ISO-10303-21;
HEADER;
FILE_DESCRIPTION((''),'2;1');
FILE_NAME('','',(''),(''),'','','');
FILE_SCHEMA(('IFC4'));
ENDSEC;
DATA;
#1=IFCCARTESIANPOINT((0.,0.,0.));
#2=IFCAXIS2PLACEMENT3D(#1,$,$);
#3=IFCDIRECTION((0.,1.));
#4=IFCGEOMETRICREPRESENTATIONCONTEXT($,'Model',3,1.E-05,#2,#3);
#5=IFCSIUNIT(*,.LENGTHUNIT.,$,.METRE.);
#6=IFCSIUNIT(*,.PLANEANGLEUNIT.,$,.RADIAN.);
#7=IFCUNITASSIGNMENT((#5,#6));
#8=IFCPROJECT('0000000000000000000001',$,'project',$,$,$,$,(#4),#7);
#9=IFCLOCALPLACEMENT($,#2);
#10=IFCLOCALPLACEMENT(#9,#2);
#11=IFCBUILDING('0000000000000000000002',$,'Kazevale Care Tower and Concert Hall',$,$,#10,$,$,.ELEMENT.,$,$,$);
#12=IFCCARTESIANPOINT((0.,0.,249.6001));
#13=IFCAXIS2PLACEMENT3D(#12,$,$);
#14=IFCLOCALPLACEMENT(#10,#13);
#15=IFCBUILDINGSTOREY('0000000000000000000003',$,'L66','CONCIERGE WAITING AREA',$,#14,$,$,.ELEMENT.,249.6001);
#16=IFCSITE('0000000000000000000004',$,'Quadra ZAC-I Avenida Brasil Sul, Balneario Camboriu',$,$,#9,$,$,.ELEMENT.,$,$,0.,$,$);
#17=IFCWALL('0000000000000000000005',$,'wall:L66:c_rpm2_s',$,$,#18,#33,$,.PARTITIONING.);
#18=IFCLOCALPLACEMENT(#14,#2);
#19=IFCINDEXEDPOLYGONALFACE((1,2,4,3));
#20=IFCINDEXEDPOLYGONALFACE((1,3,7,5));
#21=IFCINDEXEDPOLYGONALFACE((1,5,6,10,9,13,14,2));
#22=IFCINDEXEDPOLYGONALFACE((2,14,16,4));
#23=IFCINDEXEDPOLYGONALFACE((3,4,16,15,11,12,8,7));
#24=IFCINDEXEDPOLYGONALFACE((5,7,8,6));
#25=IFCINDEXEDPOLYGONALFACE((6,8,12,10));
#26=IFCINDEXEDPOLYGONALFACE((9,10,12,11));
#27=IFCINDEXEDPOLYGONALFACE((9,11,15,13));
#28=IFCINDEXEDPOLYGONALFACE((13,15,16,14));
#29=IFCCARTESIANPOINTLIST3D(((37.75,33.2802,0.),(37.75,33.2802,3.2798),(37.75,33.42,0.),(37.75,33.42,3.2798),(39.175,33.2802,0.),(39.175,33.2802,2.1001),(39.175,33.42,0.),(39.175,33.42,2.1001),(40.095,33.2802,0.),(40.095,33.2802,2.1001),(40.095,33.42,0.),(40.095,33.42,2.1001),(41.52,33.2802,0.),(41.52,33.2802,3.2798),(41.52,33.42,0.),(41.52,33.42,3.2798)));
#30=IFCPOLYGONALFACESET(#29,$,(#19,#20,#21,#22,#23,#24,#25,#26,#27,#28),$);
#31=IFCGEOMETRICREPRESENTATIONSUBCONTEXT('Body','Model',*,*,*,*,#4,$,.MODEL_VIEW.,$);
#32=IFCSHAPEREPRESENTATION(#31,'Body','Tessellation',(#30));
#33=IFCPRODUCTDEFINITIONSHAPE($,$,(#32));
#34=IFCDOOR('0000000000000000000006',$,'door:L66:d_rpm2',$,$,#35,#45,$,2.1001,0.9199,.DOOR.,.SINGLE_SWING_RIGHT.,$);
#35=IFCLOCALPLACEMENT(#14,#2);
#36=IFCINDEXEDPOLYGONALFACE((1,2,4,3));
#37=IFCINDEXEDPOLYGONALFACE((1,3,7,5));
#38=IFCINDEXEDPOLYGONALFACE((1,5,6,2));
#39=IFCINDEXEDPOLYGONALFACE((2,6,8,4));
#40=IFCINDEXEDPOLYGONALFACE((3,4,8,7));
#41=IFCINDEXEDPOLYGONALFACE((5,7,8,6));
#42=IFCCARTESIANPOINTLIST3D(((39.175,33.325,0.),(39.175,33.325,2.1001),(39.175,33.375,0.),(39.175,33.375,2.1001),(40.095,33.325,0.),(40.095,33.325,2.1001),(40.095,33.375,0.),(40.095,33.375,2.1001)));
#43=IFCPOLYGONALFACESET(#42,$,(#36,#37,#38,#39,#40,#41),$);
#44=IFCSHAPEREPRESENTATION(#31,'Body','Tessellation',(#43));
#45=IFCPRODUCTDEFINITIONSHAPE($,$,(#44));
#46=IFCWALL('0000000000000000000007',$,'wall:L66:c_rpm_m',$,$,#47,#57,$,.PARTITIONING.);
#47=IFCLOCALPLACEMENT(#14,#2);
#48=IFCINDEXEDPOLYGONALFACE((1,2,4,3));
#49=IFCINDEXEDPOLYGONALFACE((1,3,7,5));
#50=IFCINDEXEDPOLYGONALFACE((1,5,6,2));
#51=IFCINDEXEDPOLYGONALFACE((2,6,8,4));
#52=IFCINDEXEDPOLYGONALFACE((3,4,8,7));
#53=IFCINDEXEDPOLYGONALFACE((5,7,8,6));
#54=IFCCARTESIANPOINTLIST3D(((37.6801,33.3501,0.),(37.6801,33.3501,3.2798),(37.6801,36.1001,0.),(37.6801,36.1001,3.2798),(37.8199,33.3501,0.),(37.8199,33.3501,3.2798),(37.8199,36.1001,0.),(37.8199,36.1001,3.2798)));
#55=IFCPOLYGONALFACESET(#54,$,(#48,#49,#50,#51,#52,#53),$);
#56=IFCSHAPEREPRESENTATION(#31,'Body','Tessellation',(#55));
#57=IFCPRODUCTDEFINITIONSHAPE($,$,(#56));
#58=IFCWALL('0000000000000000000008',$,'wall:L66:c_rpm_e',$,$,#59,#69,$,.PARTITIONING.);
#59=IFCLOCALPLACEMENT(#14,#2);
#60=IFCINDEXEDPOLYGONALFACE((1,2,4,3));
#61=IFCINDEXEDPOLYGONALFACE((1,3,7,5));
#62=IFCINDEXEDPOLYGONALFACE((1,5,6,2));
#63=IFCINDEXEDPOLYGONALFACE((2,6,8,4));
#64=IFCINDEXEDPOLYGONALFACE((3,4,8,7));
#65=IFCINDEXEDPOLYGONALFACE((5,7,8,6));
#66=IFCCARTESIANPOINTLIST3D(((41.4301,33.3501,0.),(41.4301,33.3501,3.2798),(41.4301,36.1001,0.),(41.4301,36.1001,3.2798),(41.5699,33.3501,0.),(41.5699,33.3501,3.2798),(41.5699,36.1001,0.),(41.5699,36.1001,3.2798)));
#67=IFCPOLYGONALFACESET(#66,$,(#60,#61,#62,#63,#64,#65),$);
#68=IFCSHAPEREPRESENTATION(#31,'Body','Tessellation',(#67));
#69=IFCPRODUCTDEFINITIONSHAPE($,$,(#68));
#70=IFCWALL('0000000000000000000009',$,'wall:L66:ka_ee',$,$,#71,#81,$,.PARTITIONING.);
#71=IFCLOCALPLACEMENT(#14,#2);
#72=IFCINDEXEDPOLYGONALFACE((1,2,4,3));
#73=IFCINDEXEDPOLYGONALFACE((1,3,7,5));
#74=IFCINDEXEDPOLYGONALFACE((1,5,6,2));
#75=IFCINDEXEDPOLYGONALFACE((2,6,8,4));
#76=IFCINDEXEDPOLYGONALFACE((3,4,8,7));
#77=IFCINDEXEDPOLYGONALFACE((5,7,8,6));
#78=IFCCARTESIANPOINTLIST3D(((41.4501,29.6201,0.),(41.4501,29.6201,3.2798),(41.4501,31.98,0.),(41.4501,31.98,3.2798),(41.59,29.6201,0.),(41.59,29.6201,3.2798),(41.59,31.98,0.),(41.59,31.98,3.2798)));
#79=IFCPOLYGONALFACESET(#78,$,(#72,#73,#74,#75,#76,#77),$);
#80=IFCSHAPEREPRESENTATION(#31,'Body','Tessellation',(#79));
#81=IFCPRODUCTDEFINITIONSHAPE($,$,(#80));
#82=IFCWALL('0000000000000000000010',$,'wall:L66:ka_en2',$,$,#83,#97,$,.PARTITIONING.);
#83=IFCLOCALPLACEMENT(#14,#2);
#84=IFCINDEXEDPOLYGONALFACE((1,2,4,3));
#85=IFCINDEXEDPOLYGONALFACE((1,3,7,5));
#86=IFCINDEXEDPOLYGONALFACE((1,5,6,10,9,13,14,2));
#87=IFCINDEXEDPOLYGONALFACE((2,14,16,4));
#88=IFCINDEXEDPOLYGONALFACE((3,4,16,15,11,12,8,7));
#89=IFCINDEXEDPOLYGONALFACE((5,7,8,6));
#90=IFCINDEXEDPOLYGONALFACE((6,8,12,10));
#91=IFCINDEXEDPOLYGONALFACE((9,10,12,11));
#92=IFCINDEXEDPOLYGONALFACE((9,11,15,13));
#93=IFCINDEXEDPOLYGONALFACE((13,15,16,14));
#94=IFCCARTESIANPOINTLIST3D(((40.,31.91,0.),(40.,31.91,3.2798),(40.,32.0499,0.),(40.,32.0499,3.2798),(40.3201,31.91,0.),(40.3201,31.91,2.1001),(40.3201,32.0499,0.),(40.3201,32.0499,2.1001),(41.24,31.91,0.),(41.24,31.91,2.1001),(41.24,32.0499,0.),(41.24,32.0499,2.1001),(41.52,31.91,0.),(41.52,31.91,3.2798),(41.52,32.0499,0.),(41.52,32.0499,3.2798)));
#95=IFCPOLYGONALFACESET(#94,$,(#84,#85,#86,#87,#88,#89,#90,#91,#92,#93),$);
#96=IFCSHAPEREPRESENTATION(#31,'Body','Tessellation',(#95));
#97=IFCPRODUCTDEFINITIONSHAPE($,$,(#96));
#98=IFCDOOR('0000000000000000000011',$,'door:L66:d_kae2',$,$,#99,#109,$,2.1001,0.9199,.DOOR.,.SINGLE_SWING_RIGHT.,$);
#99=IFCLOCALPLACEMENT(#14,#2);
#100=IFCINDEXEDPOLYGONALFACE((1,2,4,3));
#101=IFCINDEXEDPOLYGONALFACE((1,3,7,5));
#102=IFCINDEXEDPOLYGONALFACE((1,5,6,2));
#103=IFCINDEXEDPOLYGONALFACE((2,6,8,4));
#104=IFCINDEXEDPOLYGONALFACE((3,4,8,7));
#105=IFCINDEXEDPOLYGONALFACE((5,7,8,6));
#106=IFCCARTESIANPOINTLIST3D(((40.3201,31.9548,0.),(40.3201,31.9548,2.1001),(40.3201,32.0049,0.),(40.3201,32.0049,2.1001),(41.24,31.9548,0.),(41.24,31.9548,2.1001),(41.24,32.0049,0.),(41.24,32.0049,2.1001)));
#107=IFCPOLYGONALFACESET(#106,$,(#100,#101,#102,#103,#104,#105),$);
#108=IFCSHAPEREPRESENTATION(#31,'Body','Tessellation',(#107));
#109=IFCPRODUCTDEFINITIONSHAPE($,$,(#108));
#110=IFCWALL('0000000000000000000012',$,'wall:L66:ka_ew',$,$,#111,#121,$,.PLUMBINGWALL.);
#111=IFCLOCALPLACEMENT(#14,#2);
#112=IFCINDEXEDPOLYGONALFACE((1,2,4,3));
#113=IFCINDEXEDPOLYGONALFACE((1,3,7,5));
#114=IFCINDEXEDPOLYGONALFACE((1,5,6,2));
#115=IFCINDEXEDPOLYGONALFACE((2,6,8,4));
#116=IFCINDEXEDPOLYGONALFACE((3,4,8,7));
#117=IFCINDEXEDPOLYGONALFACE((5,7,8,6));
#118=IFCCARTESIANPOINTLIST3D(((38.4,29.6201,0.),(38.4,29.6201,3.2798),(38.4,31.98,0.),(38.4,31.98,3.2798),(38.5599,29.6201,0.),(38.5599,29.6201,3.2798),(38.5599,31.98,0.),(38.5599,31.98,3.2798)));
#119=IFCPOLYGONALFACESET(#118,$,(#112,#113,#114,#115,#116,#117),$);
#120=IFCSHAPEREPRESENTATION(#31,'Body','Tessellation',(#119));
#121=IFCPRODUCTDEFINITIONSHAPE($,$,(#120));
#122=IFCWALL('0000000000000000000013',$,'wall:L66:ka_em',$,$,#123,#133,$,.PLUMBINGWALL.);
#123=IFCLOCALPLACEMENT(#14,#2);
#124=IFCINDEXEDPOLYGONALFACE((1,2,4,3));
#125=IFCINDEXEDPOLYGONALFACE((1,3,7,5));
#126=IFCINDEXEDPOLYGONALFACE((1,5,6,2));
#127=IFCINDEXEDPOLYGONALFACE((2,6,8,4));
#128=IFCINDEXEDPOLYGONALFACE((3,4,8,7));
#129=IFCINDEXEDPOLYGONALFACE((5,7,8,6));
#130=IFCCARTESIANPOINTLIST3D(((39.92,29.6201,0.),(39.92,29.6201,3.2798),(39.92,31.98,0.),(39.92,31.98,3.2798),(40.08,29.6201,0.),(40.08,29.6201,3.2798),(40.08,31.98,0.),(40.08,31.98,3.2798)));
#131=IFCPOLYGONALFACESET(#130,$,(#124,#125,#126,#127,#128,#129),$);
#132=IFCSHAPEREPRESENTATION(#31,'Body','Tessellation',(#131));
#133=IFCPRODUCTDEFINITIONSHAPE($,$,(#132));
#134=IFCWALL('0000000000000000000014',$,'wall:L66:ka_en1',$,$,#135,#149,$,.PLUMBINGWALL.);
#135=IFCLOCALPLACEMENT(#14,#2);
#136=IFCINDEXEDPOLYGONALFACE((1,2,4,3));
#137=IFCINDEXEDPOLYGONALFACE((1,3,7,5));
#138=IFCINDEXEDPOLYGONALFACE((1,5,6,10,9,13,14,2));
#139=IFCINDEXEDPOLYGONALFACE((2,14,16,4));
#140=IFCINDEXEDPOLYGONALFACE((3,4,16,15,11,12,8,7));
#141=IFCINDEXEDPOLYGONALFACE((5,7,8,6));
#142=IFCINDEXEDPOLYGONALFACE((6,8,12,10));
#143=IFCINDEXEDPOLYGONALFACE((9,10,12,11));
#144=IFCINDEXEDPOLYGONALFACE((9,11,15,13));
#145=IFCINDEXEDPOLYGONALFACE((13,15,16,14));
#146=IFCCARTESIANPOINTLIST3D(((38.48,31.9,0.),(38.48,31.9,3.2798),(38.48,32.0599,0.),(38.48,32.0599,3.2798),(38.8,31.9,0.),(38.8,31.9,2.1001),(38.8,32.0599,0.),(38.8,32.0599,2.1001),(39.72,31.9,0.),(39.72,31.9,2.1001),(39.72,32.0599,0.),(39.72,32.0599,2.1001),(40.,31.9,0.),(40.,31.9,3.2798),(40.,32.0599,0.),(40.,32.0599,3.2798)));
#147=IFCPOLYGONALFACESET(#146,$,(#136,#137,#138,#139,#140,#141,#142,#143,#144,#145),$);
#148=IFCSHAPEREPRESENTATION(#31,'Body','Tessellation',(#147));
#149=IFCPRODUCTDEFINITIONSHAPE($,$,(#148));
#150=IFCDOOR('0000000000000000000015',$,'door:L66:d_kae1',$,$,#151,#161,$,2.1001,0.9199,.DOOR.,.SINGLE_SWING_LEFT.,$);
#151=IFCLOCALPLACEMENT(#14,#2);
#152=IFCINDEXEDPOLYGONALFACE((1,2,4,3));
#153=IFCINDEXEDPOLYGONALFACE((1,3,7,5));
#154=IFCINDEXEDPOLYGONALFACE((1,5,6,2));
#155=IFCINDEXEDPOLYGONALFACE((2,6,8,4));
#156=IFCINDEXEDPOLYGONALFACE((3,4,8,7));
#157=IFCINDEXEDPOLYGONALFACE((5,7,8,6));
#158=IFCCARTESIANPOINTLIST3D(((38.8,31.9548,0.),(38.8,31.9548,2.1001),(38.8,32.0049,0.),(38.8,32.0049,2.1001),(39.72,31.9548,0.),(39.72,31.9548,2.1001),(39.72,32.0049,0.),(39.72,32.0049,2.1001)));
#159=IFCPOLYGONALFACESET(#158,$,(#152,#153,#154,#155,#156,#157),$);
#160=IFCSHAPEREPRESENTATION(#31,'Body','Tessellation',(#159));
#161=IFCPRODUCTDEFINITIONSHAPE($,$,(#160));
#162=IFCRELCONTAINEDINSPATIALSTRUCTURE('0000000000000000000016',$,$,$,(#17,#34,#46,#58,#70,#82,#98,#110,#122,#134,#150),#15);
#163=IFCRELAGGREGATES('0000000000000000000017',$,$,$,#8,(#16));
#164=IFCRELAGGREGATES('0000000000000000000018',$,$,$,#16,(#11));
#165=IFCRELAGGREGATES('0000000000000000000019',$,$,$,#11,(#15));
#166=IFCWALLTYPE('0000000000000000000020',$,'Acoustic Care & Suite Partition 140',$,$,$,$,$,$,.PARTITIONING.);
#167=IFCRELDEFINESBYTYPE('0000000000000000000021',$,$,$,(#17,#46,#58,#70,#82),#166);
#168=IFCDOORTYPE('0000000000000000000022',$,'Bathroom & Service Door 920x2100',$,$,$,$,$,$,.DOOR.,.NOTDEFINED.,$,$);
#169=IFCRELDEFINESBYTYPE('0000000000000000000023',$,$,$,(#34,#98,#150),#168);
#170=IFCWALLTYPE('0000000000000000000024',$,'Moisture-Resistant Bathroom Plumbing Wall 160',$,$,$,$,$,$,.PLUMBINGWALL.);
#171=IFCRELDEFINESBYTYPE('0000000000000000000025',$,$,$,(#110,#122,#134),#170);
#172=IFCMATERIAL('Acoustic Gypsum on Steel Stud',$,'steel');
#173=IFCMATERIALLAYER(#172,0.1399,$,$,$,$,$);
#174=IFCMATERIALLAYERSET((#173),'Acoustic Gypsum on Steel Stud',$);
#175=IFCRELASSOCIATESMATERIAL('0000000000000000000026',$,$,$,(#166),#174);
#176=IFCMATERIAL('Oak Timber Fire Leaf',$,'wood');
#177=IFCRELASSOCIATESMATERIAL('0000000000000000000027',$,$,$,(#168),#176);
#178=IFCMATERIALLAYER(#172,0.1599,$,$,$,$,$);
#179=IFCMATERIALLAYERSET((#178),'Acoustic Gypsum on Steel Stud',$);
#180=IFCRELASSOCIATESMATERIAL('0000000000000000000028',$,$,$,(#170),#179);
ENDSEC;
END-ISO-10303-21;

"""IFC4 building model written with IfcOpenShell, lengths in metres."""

from ifc_helpers import new_model, si_unit, direction, frame, frame_2d, origin, place, context, subcontext, project, spatial, rectangle, extrude, material, layer, layer_set, type_object, element, fill, save


model = new_model("IFC4")

# Units and contexts
model_context = context("Model", 3, precision=1e-05, world=origin(), true_north=direction((0.0, 1.0)))
body_context = subcontext(model_context, "Body", "Model", "MODEL_VIEW")
ifc_project = project(units=[si_unit("LENGTHUNIT", "METRE"), si_unit("PLANEANGLEUNIT", "RADIAN")], contexts=[model_context])

# Site, building, storey
site_placement = place(None, origin())
site = spatial("IfcSite", under=ifc_project, at=site_placement, Name="Quadra ZAC-I Avenida Brasil Sul, Balneario Camboriu", CompositionType="ELEMENT", RefElevation=0.0)
building_placement = place(site_placement, origin())
building = spatial("IfcBuilding", under=site, at=building_placement, Name="Kazevale Care Tower and Concert Hall", CompositionType="ELEMENT")
storey_placement = place(building_placement, frame((0.0, 0.0, 249.6001)))
storey = spatial("IfcBuildingStorey", under=building, at=storey_placement, Name="L66", Description="CONCIERGE WAITING AREA", CompositionType="ELEMENT", Elevation=249.6001)

# Wall, opening, door
ifc_material_1 = material(Name="Acoustic Gypsum on Steel Stud", Category="steel")
ifc_layer_1 = layer(ifc_material_1, 0.1399)
ifc_layer_set_1 = layer_set([ifc_layer_1], Name="Acoustic Gypsum on Steel Stud")
wall_type_1 = type_object("IfcWallType", Name="Acoustic Care & Suite Partition 140", PredefinedType="PARTITIONING", material=ifc_layer_set_1)
wall_1_placement = place(storey_placement, frame((37.75, 33.3501, 0.0), z_axis=(0.0, 0.0, 1.0), x_axis=(1.0, 0.0, 0.0)))
wall_1 = element("IfcWall", 1, at=wall_1_placement, inside=storey, type_object=wall_type_1, Name="wall:L66:c_rpm2_s", PredefinedType="PARTITIONING", context=body_context, shape_type="SweptSolid", body=[
    extrude(rectangle(XDim=3.77, YDim=0.1399, at=frame_2d((1.885, 0.0))), origin(), (0.0, 0.0, 1.0), 3.2798),
])
opening_1_placement = place(wall_1_placement, frame((1.425, 0.0, 0.0)))
opening_1 = element("IfcOpeningElement", 2, at=opening_1_placement, cuts=wall_1, PredefinedType="OPENING", context=body_context, shape_type="SweptSolid", body=[
    extrude(rectangle(XDim=0.9199, YDim=2.1001, at=frame_2d((0.46, 1.05))), frame((0.0, 0.0798, 0.0), z_axis=(0.0, -1.0, 0.0), x_axis=(1.0, 0.0, 0.0)), (0.0, 0.0, 1.0), 0.1599),
])
ifc_material_2 = material(Name="Oak Timber Fire Leaf", Category="wood")
door_type = type_object("IfcDoorType", Name="Bathroom & Service Door 920x2100", OperationType="NOTDEFINED", PredefinedType="DOOR", material=ifc_material_2)
door_1_placement = place(opening_1_placement, origin())
door_1 = element("IfcDoor", 3, at=door_1_placement, inside=storey, type_object=door_type, Name="door:L66:d_rpm2", OperationType="SINGLE_SWING_RIGHT", OverallHeight=2.1001, OverallWidth=0.9199, PredefinedType="DOOR", context=body_context, shape_type="SweptSolid", body=[
    extrude(rectangle(XDim=0.9199, YDim=2.1001, at=frame_2d((0.46, 1.05))), frame((0.0, 0.0249, 0.0), z_axis=(0.0, -1.0, 0.0), x_axis=(1.0, 0.0, 0.0)), (0.0, 0.0, 1.0), 0.05),
])
fill(opening_1, door_1)

# Walls
for number, where, z_axis, x_axis, name in (
    (4, (37.75, 33.3501, 0.0), (0.0, 0.0, 1.0), (0.0, 1.0, 0.0), "wall:L66:c_rpm_m"),
    (5, (41.5, 33.3501, 0.0), (0.0, 0.0, 1.0), (0.0, 1.0, 0.0), "wall:L66:c_rpm_e"),
):
    element("IfcWall", number, at=place(storey_placement, frame(where, z_axis=z_axis, x_axis=x_axis)), inside=storey, type_object=wall_type_1, Name=name, PredefinedType="PARTITIONING", context=body_context, shape_type="SweptSolid", body=[
        extrude(rectangle(XDim=2.75, YDim=0.1399, at=frame_2d((1.375, 0.0))), origin(), (0.0, 0.0, 1.0), 3.2798),
    ])
wall_2_placement = place(storey_placement, frame((41.52, 29.6201, 0.0), z_axis=(0.0, 0.0, 1.0), x_axis=(0.0, 1.0, 0.0)))
element("IfcWall", 6, at=wall_2_placement, inside=storey, type_object=wall_type_1, Name="wall:L66:ka_ee", PredefinedType="PARTITIONING", context=body_context, shape_type="SweptSolid", body=[
    extrude(rectangle(XDim=2.3599, YDim=0.1399, at=frame_2d((1.1799, 0.0))), origin(), (0.0, 0.0, 1.0), 3.2798),
])

# Wall, opening, door
wall_3_placement = place(storey_placement, frame((40.0, 31.98, 0.0), z_axis=(0.0, 0.0, 1.0), x_axis=(1.0, 0.0, 0.0)))
wall_3 = element("IfcWall", 7, at=wall_3_placement, inside=storey, type_object=wall_type_1, Name="wall:L66:ka_en2", PredefinedType="PARTITIONING", context=body_context, shape_type="SweptSolid", body=[
    extrude(rectangle(XDim=1.52, YDim=0.1399, at=frame_2d((0.76, 0.0))), origin(), (0.0, 0.0, 1.0), 3.2798),
])
opening_2_placement = place(wall_3_placement, frame((0.3201, 0.0, 0.0)))
opening_2 = element("IfcOpeningElement", 8, at=opening_2_placement, cuts=wall_3, PredefinedType="OPENING", context=body_context, shape_type="SweptSolid", body=[
    extrude(rectangle(XDim=0.9199, YDim=2.1001, at=frame_2d((0.46, 1.05))), frame((0.0, 0.0798, 0.0), z_axis=(0.0, -1.0, 0.0), x_axis=(1.0, 0.0, 0.0)), (0.0, 0.0, 1.0), 0.1599),
])
door_2_placement = place(opening_2_placement, origin())
door_2 = element("IfcDoor", 9, at=door_2_placement, inside=storey, type_object=door_type, Name="door:L66:d_kae2", OperationType="SINGLE_SWING_RIGHT", OverallHeight=2.1001, OverallWidth=0.9199, PredefinedType="DOOR", context=body_context, shape_type="SweptSolid", body=[
    extrude(rectangle(XDim=0.9199, YDim=2.1001, at=frame_2d((0.46, 1.05))), frame((0.0, 0.0249, 0.0), z_axis=(0.0, -1.0, 0.0), x_axis=(1.0, 0.0, 0.0)), (0.0, 0.0, 1.0), 0.05),
])
fill(opening_2, door_2)

# Walls
ifc_layer_2 = layer(ifc_material_1, 0.1599)
ifc_layer_set_2 = layer_set([ifc_layer_2], Name="Acoustic Gypsum on Steel Stud")
wall_type_2 = type_object("IfcWallType", Name="Moisture-Resistant Bathroom Plumbing Wall 160", PredefinedType="PLUMBINGWALL", material=ifc_layer_set_2)
for number, where, z_axis, x_axis, name in (
    (10, (38.48, 29.6201, 0.0), (0.0, 0.0, 1.0), (0.0, 1.0, 0.0), "wall:L66:ka_ew"),
    (11, (40.0, 29.6201, 0.0), (0.0, 0.0, 1.0), (0.0, 1.0, 0.0), "wall:L66:ka_em"),
):
    element("IfcWall", number, at=place(storey_placement, frame(where, z_axis=z_axis, x_axis=x_axis)), inside=storey, type_object=wall_type_2, Name=name, PredefinedType="PLUMBINGWALL", context=body_context, shape_type="SweptSolid", body=[
        extrude(rectangle(XDim=2.3599, YDim=0.1599, at=frame_2d((1.1799, 0.0))), origin(), (0.0, 0.0, 1.0), 3.2798),
    ])

# Wall, opening, door
wall_4_placement = place(storey_placement, frame((38.48, 31.98, 0.0), z_axis=(0.0, 0.0, 1.0), x_axis=(1.0, 0.0, 0.0)))
wall_4 = element("IfcWall", 12, at=wall_4_placement, inside=storey, type_object=wall_type_2, Name="wall:L66:ka_en1", PredefinedType="PLUMBINGWALL", context=body_context, shape_type="SweptSolid", body=[
    extrude(rectangle(XDim=1.52, YDim=0.1599, at=frame_2d((0.76, 0.0))), origin(), (0.0, 0.0, 1.0), 3.2798),
])
opening_3_placement = place(wall_4_placement, frame((0.3201, 0.0, 0.0)))
opening_3 = element("IfcOpeningElement", 13, at=opening_3_placement, cuts=wall_4, PredefinedType="OPENING", context=body_context, shape_type="SweptSolid", body=[
    extrude(rectangle(XDim=0.9199, YDim=2.1001, at=frame_2d((0.46, 1.05))), frame((0.0, 0.0898, 0.0), z_axis=(0.0, -1.0, 0.0), x_axis=(1.0, 0.0, 0.0)), (0.0, 0.0, 1.0), 0.1799),
])
door_3_placement = place(opening_3_placement, origin())
door_3 = element("IfcDoor", 14, at=door_3_placement, inside=storey, type_object=door_type, Name="door:L66:d_kae1", OperationType="SINGLE_SWING_LEFT", OverallHeight=2.1001, OverallWidth=0.9199, PredefinedType="DOOR", context=body_context, shape_type="SweptSolid", body=[
    extrude(rectangle(XDim=0.9199, YDim=2.1001, at=frame_2d((0.46, 1.05))), frame((0.0, 0.0249, 0.0), z_axis=(0.0, -1.0, 0.0), x_axis=(1.0, 0.0, 0.0)), (0.0, 0.0, 1.0), 0.05),
])
fill(opening_3, door_3)

save(model, "model.ifc")
